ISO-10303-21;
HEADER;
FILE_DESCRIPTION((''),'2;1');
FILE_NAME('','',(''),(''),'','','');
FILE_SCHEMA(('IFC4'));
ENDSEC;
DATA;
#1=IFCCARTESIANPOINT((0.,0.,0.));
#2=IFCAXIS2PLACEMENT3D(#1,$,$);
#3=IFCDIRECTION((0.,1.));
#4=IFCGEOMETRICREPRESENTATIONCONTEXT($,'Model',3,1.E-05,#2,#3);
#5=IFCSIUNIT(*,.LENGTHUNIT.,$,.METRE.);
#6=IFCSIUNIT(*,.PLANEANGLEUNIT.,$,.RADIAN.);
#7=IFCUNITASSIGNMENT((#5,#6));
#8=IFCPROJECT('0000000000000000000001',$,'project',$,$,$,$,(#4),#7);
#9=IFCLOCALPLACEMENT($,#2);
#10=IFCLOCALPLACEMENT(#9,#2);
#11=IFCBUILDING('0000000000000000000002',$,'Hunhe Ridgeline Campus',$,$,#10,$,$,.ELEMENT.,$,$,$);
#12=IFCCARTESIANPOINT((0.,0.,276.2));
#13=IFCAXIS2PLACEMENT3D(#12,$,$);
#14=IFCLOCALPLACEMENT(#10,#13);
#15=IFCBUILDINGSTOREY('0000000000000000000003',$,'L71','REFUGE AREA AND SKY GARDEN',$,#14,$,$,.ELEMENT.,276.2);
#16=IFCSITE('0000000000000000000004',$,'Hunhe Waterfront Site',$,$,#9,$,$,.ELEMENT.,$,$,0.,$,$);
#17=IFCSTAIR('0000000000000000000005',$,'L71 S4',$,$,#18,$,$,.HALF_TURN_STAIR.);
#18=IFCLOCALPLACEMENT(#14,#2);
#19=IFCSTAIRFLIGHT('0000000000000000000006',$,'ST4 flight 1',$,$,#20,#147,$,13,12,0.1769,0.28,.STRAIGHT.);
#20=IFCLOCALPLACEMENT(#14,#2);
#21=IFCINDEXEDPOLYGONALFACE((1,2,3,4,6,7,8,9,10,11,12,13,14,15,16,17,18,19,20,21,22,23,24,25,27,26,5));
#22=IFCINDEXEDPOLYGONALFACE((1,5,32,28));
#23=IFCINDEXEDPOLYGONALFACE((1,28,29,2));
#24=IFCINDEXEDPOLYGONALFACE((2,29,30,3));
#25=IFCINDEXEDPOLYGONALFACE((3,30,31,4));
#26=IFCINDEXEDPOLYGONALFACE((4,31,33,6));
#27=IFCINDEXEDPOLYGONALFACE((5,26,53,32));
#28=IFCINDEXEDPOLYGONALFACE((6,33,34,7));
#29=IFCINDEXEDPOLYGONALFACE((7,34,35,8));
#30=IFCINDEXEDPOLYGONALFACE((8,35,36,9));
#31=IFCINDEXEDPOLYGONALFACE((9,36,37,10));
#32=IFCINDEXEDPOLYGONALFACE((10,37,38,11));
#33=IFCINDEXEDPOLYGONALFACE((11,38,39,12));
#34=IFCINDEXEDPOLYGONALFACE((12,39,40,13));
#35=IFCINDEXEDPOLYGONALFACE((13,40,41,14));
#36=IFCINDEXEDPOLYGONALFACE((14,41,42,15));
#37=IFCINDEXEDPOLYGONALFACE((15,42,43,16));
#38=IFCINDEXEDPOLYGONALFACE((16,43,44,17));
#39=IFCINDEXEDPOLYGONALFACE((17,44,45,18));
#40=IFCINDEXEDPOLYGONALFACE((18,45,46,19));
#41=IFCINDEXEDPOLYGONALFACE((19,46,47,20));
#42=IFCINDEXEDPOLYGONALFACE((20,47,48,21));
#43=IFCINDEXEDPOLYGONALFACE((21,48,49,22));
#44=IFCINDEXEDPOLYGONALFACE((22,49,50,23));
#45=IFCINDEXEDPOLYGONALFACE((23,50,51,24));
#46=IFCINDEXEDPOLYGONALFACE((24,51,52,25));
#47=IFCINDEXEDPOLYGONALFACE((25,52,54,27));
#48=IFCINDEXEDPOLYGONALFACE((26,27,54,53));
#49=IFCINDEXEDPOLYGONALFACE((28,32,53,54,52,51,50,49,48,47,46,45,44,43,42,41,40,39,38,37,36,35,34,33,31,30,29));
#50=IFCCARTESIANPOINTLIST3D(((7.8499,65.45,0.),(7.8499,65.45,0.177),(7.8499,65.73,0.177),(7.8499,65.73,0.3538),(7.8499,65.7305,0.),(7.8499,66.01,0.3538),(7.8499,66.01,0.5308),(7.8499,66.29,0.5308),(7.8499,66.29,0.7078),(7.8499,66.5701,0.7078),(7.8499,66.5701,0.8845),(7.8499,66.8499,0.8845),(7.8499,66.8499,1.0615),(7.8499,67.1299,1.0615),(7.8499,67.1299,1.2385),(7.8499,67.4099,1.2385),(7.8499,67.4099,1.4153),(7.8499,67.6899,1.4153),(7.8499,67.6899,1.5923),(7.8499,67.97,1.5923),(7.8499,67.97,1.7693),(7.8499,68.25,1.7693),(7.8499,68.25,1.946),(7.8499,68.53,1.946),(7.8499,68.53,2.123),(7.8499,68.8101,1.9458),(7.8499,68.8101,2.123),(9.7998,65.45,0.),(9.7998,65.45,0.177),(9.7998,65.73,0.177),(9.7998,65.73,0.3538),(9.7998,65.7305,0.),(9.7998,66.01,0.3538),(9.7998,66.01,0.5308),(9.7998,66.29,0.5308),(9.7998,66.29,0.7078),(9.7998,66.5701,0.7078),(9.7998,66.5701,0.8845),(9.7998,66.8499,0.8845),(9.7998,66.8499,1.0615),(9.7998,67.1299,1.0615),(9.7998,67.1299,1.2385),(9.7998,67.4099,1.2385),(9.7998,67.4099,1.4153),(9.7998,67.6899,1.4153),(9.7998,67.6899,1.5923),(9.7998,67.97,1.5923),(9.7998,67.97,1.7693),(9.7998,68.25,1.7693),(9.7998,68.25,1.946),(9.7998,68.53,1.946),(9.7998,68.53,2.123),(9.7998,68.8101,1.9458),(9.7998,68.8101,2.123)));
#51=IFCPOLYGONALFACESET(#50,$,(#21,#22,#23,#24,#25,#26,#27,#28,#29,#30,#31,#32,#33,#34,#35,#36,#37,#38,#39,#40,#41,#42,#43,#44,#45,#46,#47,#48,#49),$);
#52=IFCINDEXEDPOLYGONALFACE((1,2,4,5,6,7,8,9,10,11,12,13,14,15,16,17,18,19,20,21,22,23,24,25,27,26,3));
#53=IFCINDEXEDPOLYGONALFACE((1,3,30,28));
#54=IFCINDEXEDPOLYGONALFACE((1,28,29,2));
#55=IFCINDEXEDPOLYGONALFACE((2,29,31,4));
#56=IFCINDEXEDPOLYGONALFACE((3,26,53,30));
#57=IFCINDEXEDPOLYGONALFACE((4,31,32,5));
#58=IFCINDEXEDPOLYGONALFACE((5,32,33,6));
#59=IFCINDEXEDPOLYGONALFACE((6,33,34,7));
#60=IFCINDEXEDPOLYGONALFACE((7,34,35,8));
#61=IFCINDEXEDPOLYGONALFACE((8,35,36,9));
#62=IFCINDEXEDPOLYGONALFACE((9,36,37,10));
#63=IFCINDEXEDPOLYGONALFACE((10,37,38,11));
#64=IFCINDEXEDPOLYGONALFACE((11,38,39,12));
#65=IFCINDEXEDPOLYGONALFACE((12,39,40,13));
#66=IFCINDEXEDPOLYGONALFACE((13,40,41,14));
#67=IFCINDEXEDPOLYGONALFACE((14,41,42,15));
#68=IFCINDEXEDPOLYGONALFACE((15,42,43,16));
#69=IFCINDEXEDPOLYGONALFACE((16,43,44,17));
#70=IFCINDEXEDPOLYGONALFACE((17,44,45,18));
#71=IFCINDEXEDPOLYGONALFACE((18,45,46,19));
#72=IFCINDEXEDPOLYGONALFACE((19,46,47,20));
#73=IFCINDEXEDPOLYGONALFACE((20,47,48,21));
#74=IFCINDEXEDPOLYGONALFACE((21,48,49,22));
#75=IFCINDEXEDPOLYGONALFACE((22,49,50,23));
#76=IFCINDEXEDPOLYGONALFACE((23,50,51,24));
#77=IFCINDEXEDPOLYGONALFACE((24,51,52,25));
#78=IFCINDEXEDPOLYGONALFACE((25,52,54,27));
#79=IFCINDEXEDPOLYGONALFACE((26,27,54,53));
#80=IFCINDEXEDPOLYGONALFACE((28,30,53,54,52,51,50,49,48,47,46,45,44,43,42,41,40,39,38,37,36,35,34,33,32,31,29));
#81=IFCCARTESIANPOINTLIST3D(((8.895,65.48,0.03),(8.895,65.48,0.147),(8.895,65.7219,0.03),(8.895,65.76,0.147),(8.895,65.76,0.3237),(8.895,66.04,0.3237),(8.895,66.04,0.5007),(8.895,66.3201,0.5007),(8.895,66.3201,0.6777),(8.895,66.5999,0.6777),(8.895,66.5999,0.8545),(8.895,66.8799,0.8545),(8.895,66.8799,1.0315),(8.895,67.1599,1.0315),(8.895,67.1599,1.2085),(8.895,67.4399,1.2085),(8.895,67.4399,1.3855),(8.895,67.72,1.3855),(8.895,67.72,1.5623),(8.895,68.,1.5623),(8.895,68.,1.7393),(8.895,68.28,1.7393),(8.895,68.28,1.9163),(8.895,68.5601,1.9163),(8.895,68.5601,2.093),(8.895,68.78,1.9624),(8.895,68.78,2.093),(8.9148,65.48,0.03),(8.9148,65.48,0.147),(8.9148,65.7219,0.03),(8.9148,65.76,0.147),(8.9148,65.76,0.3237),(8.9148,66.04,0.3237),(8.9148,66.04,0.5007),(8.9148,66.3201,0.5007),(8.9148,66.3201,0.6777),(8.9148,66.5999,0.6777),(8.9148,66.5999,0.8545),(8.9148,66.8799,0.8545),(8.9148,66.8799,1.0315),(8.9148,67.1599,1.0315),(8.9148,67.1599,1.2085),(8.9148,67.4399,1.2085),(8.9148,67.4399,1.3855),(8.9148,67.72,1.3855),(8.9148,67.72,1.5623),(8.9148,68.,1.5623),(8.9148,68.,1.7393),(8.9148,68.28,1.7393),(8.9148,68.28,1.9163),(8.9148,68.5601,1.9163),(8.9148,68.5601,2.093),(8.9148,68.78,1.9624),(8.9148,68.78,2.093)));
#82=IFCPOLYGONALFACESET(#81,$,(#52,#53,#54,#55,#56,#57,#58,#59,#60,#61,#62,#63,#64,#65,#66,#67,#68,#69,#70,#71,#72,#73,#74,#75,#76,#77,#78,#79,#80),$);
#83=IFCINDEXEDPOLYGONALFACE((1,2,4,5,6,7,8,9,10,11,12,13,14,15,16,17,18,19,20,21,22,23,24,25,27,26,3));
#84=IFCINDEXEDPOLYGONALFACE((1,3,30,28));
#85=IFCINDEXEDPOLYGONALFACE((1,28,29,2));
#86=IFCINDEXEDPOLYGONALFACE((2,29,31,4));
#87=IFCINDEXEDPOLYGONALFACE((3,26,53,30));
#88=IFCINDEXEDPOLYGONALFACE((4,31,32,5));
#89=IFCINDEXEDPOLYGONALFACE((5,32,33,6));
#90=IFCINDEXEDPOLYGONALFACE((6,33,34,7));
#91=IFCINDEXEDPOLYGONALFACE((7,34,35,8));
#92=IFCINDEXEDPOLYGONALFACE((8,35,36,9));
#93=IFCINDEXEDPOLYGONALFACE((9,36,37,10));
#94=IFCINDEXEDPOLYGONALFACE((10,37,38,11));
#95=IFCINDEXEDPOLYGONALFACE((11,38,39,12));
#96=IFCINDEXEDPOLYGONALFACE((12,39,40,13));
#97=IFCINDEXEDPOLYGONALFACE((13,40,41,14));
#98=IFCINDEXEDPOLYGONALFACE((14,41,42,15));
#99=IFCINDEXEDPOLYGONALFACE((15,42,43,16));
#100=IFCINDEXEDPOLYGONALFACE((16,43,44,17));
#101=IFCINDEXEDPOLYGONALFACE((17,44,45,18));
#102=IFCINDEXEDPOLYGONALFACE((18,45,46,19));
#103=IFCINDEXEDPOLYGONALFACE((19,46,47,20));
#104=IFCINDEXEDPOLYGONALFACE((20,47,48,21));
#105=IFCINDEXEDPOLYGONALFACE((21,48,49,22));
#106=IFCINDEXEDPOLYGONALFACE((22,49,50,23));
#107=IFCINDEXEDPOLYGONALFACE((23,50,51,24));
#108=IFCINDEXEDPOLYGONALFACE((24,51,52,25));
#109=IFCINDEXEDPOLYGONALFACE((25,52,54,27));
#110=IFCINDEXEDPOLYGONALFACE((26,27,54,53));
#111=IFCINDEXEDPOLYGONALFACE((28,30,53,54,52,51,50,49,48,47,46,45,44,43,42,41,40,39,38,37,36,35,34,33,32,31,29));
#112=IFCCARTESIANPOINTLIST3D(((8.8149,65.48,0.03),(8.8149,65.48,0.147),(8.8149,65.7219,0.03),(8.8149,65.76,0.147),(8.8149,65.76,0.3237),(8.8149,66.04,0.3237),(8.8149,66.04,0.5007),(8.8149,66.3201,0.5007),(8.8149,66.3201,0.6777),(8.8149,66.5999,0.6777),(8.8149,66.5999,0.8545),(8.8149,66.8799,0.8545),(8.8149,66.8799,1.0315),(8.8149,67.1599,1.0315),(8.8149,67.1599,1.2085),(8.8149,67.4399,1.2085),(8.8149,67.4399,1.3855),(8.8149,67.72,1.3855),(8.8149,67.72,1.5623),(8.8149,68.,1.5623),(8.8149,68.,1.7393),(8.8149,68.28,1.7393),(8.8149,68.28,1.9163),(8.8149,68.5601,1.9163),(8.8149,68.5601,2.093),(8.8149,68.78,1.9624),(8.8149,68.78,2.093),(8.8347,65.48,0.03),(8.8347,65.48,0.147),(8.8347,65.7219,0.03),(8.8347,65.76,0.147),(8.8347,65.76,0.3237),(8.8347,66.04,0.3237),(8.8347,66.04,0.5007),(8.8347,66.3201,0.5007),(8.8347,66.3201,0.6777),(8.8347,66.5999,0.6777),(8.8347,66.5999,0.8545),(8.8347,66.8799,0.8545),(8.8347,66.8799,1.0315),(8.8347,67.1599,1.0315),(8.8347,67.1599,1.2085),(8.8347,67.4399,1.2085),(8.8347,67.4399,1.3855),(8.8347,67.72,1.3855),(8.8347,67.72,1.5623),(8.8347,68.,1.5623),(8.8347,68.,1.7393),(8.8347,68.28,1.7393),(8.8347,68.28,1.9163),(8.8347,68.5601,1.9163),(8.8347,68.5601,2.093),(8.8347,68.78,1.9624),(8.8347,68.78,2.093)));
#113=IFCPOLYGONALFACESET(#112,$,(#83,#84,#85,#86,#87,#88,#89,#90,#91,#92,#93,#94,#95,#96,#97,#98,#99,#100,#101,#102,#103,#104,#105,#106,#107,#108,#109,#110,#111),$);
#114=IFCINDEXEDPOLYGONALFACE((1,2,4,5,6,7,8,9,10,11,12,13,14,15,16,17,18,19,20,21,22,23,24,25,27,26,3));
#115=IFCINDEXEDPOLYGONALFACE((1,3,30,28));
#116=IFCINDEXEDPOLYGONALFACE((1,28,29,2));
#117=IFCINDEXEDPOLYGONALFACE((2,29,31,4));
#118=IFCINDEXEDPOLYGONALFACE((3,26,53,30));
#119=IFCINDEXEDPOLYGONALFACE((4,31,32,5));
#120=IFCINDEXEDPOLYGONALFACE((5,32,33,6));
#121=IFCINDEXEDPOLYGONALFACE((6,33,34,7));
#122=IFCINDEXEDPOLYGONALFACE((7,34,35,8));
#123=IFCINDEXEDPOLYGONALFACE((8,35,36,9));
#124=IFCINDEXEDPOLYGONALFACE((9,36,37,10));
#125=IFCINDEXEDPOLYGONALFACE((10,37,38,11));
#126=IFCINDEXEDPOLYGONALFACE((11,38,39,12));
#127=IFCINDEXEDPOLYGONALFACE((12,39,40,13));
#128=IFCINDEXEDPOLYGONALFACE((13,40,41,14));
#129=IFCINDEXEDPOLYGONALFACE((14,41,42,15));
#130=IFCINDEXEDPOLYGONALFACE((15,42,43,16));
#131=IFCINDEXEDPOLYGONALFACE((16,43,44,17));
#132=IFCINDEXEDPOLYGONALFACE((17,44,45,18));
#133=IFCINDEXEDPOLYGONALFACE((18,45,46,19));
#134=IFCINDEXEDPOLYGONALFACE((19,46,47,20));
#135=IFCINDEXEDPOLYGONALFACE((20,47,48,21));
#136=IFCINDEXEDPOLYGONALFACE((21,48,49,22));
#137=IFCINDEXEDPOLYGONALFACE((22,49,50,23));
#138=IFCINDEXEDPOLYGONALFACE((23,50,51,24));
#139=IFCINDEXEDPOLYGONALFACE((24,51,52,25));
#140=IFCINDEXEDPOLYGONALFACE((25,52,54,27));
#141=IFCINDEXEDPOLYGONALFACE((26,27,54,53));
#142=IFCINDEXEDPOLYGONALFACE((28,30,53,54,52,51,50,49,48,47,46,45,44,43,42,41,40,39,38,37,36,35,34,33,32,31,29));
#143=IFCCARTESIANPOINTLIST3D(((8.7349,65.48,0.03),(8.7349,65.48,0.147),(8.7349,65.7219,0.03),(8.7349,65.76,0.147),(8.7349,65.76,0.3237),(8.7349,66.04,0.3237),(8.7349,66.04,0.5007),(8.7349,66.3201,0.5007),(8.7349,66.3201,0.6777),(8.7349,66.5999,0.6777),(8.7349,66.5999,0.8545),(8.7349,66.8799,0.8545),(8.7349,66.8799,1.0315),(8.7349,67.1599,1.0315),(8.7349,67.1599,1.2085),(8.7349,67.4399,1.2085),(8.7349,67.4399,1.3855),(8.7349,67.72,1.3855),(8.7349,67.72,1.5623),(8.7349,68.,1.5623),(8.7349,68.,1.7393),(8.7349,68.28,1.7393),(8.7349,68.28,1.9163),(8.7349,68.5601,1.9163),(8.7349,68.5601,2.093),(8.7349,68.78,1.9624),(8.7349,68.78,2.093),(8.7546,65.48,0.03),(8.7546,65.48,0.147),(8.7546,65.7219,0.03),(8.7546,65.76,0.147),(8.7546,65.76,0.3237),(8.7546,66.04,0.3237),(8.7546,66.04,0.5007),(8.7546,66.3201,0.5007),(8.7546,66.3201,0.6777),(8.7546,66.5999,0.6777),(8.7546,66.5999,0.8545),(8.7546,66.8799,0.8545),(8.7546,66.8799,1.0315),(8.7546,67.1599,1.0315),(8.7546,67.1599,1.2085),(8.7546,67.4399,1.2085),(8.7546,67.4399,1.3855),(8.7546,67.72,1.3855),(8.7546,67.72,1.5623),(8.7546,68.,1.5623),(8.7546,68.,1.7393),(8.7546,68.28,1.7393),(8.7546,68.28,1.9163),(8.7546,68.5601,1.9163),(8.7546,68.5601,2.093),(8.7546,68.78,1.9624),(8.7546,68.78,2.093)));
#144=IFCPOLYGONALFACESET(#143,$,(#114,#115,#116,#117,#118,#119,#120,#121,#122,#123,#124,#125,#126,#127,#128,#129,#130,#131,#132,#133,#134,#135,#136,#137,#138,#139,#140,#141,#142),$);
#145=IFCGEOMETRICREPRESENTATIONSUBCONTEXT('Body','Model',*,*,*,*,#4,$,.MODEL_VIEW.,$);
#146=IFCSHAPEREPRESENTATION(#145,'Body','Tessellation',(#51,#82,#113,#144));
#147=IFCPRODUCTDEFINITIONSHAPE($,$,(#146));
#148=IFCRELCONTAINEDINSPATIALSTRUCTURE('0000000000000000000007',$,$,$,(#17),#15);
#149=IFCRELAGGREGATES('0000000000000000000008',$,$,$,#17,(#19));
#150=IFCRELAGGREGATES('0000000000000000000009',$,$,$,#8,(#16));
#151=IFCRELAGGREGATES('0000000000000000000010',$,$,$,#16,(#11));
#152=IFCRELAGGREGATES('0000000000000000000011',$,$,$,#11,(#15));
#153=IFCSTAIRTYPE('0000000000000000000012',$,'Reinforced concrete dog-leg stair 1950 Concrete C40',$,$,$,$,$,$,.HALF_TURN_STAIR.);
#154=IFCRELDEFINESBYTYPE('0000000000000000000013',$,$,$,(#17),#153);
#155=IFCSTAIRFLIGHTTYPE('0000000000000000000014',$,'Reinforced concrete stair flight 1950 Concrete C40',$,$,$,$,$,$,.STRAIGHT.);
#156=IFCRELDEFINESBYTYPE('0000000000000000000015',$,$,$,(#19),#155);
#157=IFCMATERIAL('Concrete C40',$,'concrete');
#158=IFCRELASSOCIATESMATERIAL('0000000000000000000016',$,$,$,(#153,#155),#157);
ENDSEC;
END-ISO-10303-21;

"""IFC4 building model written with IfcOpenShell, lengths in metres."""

from ifc_helpers import new_model, si_unit, direction, frame, origin, place, context, subcontext, project, spatial, polyline, outline, extrude, material, type_object, element, aggregate, save


model = new_model("IFC4")

# Units and contexts
model_context = context("Model", 3, precision=1e-05, world=origin(), true_north=direction((0.0, 1.0)))
body_context = subcontext(model_context, "Body", "Model", "MODEL_VIEW")
ifc_project = project(units=[si_unit("LENGTHUNIT", "METRE"), si_unit("PLANEANGLEUNIT", "RADIAN")], contexts=[model_context])

# Site, building, storey
site_placement = place(None, origin())
site = spatial("IfcSite", under=ifc_project, at=site_placement, Name="Hunhe Waterfront Site", CompositionType="ELEMENT", RefElevation=0.0)
building_placement = place(site_placement, origin())
building = spatial("IfcBuilding", under=site, at=building_placement, Name="Hunhe Ridgeline Campus", CompositionType="ELEMENT")
storey_placement = place(building_placement, frame((0.0, 0.0, 276.2)))
storey = spatial("IfcBuildingStorey", under=building, at=storey_placement, Name="L71", Description="REFUGE AREA AND SKY GARDEN", CompositionType="ELEMENT", Elevation=276.2)

# Stair, stair flight
ifc_material_1 = material(Name="Concrete C40", Category="concrete")
stair_type = type_object("IfcStairType", Name="Reinforced concrete dog-leg stair 1950 Concrete C40", PredefinedType="HALF_TURN_STAIR", material=ifc_material_1)
stair_flight_type = type_object("IfcStairFlightType", Name="Reinforced concrete stair flight 1950 Concrete C40", PredefinedType="STRAIGHT", material=ifc_material_1)
stair_1_placement = place(storey_placement, origin())
stair_1 = element("IfcStair", 1, at=stair_1_placement, inside=storey, type_object=stair_type, Name="L71 S4", PredefinedType="HALF_TURN_STAIR")
stair_flight_1_placement = place(storey_placement, frame((8.825, 65.45, 0.0), z_axis=(0.0, 0.0, 1.0), x_axis=(0.0, 1.0, 0.0)))
stair_flight_1 = element("IfcStairFlight", 2, at=stair_flight_1_placement, type_object=stair_flight_type, Name="ST4 flight 1", NumberOfRisers=13, NumberOfTreads=12, PredefinedType="STRAIGHT", RiserHeight=0.1769, TreadLength=0.28, context=body_context, shape_type="SweptSolid", body=[
    extrude(outline(polyline([(0.0, 0.0), (0.0, 0.177), (0.28, 0.177), (0.28, 0.3538), (0.5601, 0.3538), (0.5601, 0.5308), (0.8401, 0.5308), (0.8401, 0.7078), (1.1201, 0.7078), (1.1201, 0.8845), (1.3999, 0.8845), (1.3999, 1.0615), (1.6799, 1.0615), (1.6799, 1.2385), (1.96, 1.2385), (1.96, 1.4153), (2.24, 1.4153), (2.24, 1.5923), (2.52, 1.5923), (2.52, 1.7693), (2.8, 1.7693), (2.8, 1.946), (3.0801, 1.946), (3.0801, 2.123), (3.3601, 2.123), (3.3601, 2.3), (3.3601, 1.9458), (0.2805, 0.0), (0.0, 0.0)])), frame((0.0, 0.9751, 0.0), z_axis=(0.0, -1.0, 0.0), x_axis=(1.0, 0.0, 0.0)), (0.0, 0.0, 1.0), 1.95),
    extrude(outline(polyline([(0.03, 0.03), (0.03, 0.147), (0.3101, 0.147), (0.3101, 0.3237), (0.5901, 0.3237), (0.5901, 0.5007), (0.8701, 0.5007), (0.8701, 0.6777), (1.1499, 0.6777), (1.1499, 0.8545), (1.4299, 0.8545), (1.4299, 1.0315), (1.71, 1.0315), (1.71, 1.2085), (1.99, 1.2085), (1.99, 1.3855), (2.27, 1.3855), (2.27, 1.5623), (2.55, 1.5623), (2.55, 1.7393), (2.8301, 1.7393), (2.8301, 1.9163), (3.1101, 1.9163), (3.1101, 2.093), (3.3301, 2.093), (3.3301, 1.9624), (0.272, 0.03), (0.03, 0.03)])), frame((0.0, -0.0701, 0.0), z_axis=(0.0, -1.0, 0.0), x_axis=(1.0, 0.0, 0.0)), (0.0, 0.0, 1.0), 0.0198),
    extrude(outline(polyline([(0.03, 0.03), (0.03, 0.147), (0.3101, 0.147), (0.3101, 0.3237), (0.5901, 0.3237), (0.5901, 0.5007), (0.8701, 0.5007), (0.8701, 0.6777), (1.1499, 0.6777), (1.1499, 0.8545), (1.4299, 0.8545), (1.4299, 1.0315), (1.71, 1.0315), (1.71, 1.2085), (1.99, 1.2085), (1.99, 1.3855), (2.27, 1.3855), (2.27, 1.5623), (2.55, 1.5623), (2.55, 1.7393), (2.8301, 1.7393), (2.8301, 1.9163), (3.1101, 1.9163), (3.1101, 2.093), (3.3301, 2.093), (3.3301, 1.9624), (0.272, 0.03), (0.03, 0.03)])), frame((0.0, 0.01, 0.0), z_axis=(0.0, -1.0, 0.0), x_axis=(1.0, 0.0, 0.0)), (0.0, 0.0, 1.0), 0.0198),
    extrude(outline(polyline([(0.03, 0.03), (0.03, 0.147), (0.3101, 0.147), (0.3101, 0.3237), (0.5901, 0.3237), (0.5901, 0.5007), (0.8701, 0.5007), (0.8701, 0.6777), (1.1499, 0.6777), (1.1499, 0.8545), (1.4299, 0.8545), (1.4299, 1.0315), (1.71, 1.0315), (1.71, 1.2085), (1.99, 1.2085), (1.99, 1.3855), (2.27, 1.3855), (2.27, 1.5623), (2.55, 1.5623), (2.55, 1.7393), (2.8301, 1.7393), (2.8301, 1.9163), (3.1101, 1.9163), (3.1101, 2.093), (3.3301, 2.093), (3.3301, 1.9624), (0.272, 0.03), (0.03, 0.03)])), frame((0.0, 0.0901, 0.0), z_axis=(0.0, -1.0, 0.0), x_axis=(1.0, 0.0, 0.0)), (0.0, 0.0, 1.0), 0.0198),
])
aggregate(stair_1, [stair_flight_1])

save(model, "model.ifc")
